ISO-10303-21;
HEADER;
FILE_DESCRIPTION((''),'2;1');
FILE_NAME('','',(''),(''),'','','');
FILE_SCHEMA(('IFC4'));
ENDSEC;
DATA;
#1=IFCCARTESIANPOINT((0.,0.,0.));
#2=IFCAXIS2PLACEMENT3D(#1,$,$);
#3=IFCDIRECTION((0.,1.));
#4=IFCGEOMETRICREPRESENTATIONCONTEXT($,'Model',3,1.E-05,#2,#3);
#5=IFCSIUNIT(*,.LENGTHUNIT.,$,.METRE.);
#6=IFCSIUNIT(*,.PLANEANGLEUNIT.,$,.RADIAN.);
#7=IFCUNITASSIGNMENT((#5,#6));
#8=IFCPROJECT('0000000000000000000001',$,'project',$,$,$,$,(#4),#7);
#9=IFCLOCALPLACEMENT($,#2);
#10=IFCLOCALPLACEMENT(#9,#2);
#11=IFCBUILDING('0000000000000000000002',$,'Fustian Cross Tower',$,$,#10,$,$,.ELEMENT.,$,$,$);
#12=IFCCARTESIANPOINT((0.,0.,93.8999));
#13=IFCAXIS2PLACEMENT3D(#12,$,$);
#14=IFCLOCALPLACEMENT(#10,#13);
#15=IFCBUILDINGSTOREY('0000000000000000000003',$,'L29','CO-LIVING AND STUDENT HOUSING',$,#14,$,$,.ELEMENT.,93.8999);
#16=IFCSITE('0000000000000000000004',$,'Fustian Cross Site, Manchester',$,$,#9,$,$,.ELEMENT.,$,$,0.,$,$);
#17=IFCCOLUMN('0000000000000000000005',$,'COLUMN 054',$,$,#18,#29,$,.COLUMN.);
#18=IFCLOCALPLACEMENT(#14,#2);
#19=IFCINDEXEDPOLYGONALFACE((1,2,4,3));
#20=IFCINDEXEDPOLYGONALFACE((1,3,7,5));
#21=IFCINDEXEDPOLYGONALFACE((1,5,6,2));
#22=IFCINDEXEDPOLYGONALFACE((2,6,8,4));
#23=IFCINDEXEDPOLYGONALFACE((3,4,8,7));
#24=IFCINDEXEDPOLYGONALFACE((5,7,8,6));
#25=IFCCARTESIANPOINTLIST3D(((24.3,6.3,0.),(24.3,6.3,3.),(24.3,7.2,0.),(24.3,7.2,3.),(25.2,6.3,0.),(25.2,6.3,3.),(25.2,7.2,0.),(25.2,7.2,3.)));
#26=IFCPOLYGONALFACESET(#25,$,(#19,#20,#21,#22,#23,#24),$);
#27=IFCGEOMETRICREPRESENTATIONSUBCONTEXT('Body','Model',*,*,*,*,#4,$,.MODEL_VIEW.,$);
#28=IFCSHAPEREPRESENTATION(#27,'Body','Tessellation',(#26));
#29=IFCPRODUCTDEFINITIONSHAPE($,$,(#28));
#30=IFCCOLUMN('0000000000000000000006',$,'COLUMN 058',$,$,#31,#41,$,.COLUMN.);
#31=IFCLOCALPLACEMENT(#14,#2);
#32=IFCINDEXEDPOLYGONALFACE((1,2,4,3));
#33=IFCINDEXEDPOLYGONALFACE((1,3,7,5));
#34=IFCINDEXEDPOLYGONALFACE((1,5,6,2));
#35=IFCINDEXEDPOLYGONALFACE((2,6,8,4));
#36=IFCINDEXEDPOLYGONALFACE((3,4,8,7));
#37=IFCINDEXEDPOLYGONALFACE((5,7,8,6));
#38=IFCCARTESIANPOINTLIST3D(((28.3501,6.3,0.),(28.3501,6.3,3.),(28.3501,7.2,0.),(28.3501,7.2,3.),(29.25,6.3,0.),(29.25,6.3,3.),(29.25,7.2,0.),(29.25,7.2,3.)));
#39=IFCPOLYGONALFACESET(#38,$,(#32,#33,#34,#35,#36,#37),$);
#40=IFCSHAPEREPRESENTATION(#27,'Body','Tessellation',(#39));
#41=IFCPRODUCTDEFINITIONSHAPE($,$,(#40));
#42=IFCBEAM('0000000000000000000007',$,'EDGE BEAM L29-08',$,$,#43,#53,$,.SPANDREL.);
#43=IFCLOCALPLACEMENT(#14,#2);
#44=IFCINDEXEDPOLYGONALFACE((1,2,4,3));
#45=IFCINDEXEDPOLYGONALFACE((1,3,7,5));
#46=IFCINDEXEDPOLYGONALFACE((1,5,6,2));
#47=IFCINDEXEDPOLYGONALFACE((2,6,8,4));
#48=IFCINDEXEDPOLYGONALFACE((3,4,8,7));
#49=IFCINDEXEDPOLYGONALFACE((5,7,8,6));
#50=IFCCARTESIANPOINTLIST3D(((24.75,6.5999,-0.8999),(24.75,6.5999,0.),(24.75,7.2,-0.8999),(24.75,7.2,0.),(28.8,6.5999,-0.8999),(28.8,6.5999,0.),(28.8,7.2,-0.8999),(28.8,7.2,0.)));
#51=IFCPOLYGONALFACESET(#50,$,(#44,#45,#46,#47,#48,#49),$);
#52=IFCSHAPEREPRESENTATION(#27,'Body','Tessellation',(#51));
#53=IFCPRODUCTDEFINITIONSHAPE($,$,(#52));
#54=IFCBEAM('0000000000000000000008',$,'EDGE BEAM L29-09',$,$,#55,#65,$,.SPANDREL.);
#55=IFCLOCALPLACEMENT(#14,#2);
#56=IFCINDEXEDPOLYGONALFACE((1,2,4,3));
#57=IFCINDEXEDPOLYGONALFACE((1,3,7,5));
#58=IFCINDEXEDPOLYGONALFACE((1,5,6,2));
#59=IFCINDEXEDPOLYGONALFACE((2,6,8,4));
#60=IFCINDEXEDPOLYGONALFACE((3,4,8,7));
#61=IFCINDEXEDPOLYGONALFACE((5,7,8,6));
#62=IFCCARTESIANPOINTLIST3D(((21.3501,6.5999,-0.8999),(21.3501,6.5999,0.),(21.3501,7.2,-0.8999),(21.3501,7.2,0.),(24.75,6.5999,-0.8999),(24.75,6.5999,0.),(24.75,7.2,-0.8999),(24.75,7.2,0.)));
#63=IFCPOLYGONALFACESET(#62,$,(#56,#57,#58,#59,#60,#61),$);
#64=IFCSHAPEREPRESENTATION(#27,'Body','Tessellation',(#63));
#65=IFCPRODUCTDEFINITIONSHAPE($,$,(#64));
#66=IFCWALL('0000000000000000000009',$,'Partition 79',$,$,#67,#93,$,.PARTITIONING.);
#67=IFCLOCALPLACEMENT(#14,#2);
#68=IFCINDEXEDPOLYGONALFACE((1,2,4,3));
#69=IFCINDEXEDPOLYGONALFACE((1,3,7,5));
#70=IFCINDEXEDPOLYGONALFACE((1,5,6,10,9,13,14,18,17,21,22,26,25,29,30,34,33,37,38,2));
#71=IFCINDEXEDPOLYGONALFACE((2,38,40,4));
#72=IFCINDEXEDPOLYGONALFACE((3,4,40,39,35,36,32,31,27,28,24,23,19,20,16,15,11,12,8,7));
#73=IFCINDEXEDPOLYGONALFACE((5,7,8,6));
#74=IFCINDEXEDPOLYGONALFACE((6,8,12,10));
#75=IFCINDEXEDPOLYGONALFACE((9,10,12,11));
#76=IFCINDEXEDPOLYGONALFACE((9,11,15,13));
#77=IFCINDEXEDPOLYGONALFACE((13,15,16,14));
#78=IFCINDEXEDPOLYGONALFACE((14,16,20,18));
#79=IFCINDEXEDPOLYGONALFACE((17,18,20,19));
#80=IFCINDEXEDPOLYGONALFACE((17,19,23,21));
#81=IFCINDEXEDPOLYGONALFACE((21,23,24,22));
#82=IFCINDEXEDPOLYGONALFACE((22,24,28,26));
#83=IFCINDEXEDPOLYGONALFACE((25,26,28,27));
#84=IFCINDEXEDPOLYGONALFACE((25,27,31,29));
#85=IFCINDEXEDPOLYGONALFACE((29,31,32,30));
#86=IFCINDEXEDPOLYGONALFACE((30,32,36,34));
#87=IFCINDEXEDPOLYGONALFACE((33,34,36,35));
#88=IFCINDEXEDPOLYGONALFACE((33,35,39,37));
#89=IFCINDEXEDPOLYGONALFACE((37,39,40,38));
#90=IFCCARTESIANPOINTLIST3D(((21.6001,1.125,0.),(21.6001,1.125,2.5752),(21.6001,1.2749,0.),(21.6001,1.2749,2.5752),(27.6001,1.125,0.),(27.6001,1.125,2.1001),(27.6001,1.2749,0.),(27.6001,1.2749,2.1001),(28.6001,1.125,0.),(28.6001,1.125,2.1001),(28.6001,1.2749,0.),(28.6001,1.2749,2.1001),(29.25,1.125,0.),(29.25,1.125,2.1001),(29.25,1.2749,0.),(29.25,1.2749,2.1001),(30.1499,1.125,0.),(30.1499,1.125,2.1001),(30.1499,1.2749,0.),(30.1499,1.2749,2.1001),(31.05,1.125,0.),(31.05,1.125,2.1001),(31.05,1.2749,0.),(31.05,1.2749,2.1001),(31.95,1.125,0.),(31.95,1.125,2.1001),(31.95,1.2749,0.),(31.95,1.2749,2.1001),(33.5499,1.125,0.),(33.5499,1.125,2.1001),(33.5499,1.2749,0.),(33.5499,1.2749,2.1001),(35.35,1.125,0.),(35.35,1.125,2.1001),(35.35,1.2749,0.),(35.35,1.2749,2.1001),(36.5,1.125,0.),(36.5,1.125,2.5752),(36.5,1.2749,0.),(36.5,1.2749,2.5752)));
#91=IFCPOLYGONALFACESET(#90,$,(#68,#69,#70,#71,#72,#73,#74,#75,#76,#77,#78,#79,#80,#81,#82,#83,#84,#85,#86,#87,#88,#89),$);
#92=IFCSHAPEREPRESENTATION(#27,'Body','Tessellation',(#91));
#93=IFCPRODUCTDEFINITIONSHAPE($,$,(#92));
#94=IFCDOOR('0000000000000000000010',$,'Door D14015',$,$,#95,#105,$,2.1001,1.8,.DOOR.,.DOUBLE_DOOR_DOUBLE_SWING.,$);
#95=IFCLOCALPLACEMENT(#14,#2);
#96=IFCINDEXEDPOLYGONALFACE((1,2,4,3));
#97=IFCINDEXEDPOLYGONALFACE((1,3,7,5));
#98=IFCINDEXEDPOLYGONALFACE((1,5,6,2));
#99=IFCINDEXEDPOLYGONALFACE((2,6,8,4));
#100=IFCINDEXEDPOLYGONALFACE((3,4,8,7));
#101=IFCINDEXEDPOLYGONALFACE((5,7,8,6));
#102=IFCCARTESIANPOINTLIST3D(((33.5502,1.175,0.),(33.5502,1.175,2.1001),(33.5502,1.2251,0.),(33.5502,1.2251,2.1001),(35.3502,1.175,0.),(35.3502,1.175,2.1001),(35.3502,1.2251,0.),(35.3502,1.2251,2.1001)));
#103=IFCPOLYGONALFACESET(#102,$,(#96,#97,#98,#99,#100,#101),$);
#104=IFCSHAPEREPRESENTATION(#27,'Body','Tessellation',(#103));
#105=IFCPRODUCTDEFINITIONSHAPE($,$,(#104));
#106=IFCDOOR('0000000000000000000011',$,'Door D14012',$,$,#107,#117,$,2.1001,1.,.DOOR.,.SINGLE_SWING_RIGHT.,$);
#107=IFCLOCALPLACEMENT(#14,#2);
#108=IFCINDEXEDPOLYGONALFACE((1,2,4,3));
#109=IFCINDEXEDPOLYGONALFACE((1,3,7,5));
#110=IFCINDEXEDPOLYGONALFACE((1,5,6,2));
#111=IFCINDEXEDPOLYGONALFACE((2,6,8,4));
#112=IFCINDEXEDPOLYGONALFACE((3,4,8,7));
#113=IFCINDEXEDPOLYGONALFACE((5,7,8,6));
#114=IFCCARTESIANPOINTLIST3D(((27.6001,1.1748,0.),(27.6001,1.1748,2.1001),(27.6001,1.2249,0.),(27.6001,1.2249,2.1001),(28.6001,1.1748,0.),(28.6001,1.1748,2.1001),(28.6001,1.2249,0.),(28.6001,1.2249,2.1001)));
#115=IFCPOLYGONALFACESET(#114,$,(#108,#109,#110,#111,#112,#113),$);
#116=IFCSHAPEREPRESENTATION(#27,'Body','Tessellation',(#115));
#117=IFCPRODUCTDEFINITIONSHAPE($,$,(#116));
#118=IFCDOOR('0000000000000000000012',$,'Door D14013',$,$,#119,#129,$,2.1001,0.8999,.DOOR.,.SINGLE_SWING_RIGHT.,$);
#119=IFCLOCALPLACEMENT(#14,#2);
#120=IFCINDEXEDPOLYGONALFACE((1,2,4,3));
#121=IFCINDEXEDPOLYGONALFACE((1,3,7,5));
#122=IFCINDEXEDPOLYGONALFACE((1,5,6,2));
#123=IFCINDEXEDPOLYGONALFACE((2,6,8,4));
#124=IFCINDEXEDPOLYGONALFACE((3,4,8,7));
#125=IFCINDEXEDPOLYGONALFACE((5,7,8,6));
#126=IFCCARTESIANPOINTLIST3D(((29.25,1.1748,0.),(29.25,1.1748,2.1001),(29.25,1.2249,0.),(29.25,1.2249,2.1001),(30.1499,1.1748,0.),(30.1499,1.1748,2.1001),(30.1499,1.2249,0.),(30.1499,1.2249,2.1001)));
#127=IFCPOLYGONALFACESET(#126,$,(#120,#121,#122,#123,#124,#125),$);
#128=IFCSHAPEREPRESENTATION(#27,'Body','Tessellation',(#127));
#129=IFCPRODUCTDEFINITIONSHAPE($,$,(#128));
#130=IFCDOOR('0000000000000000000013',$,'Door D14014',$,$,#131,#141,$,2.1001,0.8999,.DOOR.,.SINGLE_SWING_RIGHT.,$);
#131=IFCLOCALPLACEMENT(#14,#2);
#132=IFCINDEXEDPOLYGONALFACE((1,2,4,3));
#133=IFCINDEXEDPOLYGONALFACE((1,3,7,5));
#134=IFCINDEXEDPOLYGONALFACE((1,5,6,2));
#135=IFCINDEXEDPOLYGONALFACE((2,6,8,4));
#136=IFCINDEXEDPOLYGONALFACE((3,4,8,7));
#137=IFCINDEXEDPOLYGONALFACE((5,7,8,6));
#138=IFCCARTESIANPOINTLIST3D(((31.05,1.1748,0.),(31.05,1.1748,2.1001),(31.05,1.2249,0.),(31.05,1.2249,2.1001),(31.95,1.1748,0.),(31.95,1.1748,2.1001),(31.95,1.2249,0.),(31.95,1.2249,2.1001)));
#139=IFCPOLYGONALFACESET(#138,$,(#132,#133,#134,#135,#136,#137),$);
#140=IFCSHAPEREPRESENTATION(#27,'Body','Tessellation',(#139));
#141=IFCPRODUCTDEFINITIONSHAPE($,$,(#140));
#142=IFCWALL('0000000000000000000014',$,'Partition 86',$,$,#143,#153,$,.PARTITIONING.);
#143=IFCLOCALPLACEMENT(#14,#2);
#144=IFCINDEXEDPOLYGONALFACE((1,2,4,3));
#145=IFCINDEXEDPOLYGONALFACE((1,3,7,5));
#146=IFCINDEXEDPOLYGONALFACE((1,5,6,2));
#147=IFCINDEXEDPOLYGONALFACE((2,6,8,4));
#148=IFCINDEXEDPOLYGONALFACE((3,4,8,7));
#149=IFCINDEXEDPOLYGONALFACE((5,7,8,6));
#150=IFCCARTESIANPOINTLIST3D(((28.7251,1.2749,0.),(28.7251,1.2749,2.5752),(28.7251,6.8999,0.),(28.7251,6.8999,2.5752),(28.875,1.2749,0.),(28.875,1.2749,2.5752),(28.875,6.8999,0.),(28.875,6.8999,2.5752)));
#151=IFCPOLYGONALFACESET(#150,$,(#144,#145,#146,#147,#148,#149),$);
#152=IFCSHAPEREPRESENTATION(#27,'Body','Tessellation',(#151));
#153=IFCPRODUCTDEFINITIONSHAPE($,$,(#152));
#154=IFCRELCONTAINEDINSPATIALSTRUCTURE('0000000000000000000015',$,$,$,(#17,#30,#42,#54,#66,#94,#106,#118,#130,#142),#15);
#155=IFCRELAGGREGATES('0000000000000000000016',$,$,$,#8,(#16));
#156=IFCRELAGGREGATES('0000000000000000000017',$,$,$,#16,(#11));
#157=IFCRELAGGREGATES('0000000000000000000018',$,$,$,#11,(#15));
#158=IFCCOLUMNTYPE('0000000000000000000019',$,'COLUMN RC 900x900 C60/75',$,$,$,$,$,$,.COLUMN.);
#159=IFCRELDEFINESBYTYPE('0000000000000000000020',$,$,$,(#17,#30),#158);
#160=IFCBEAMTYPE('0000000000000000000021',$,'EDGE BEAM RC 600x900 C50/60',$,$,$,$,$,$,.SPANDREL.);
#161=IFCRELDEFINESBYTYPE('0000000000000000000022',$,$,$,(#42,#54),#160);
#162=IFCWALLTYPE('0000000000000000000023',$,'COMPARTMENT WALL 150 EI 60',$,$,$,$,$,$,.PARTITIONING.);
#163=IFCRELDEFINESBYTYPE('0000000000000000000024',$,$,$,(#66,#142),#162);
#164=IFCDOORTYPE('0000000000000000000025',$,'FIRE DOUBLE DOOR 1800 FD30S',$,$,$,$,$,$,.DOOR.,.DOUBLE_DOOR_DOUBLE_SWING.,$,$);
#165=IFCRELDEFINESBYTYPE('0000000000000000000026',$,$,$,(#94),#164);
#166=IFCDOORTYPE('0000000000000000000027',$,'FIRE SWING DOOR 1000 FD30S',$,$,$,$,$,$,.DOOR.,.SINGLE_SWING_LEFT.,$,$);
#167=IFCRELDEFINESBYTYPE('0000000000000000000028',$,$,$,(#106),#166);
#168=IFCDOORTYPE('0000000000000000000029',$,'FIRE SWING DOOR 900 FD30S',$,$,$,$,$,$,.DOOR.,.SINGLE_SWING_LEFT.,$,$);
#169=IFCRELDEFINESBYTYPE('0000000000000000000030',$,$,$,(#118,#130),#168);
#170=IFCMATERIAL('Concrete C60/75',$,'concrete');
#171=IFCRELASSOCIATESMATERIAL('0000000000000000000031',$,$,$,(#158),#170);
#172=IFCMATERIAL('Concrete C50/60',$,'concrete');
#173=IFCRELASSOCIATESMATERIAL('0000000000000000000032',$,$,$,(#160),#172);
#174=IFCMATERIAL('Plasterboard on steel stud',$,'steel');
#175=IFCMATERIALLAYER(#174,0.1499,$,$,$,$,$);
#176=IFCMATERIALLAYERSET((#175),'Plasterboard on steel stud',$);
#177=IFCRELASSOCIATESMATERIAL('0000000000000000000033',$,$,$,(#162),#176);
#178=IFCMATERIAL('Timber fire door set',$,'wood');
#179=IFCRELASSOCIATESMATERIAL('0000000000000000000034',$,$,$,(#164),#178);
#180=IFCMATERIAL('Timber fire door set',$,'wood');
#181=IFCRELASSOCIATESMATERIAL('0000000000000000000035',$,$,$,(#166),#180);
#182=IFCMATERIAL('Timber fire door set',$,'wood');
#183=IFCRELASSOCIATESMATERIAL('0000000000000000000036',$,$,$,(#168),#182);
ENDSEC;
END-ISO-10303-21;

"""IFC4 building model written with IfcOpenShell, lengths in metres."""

from ifc_helpers import new_model, si_unit, direction, frame, frame_2d, origin, origin_2d, place, context, subcontext, project, spatial, rectangle, extrude, material, layer, layer_set, material_profile, profile_set, type_object, element, fill, save


model = new_model("IFC4")

# Units and contexts
model_context = context("Model", 3, precision=1e-05, world=origin(), true_north=direction((0.0, 1.0)))
body_context = subcontext(model_context, "Body", "Model", "MODEL_VIEW")
ifc_project = project(units=[si_unit("LENGTHUNIT", "METRE"), si_unit("PLANEANGLEUNIT", "RADIAN")], contexts=[model_context])

# Site, building, storey
site_placement = place(None, origin())
site = spatial("IfcSite", under=ifc_project, at=site_placement, Name="Fustian Cross Site, Manchester", CompositionType="ELEMENT", RefElevation=0.0)
building_placement = place(site_placement, origin())
building = spatial("IfcBuilding", under=site, at=building_placement, Name="Fustian Cross Tower", CompositionType="ELEMENT")
storey_placement = place(building_placement, frame((0.0, 0.0, 93.8999)))
storey = spatial("IfcBuildingStorey", under=building, at=storey_placement, Name="L29", Description="CO-LIVING AND STUDENT HOUSING", CompositionType="ELEMENT", Elevation=93.8999)

# Columns
ifc_material_1 = material(Name="Concrete C60/75", Category="concrete")
ifc_material_profile_1 = material_profile(ifc_material_1, rectangle(XDim=0.8999, YDim=0.8999, at=origin_2d()), Name="RC 900x900")
ifc_profile_set_1 = profile_set([ifc_material_profile_1], Name="Concrete C60/75")
column_type = type_object("IfcColumnType", Name="COLUMN RC 900x900 C60/75", PredefinedType="COLUMN", material=ifc_profile_set_1)
for number, where, z_axis, x_axis, name in (
    (1, (24.75, 6.75, 0.0), (0.0, 0.0, 1.0), (1.0, 0.0, 0.0), "COLUMN 054"),
    (2, (28.8, 6.75, 0.0), (0.0, 0.0, 1.0), (1.0, 0.0, 0.0), "COLUMN 058"),
):
    element("IfcColumn", number, at=place(storey_placement, frame(where, z_axis=z_axis, x_axis=x_axis)), inside=storey, type_object=column_type, Name=name, PredefinedType="COLUMN", context=body_context, shape_type="SweptSolid", body=[
        extrude(rectangle(XDim=0.8999, YDim=0.8999, at=origin_2d()), origin(), (0.0, 0.0, 1.0), 3.0),
    ])

# Beams
ifc_material_2 = material(Name="Concrete C50/60", Category="concrete")
ifc_material_profile_2 = material_profile(ifc_material_2, rectangle(XDim=0.6001, YDim=0.8999, at=origin_2d()), Name="RC 600x900")
ifc_profile_set_2 = profile_set([ifc_material_profile_2], Name="Concrete C50/60")
beam_type = type_object("IfcBeamType", Name="EDGE BEAM RC 600x900 C50/60", PredefinedType="SPANDREL", material=ifc_profile_set_2)
beam_1_placement = place(storey_placement, frame((28.8, 6.8999, -0.45), z_axis=(-1.0, 0.0, 0.0), x_axis=(0.0, -1.0, 0.0)))
element("IfcBeam", 3, at=beam_1_placement, inside=storey, type_object=beam_type, Name="EDGE BEAM L29-08", PredefinedType="SPANDREL", context=body_context, shape_type="SweptSolid", body=[
    extrude(rectangle(XDim=0.6001, YDim=0.8999, at=origin_2d()), origin(), (0.0, 0.0, 1.0), 4.05),
])
beam_2_placement = place(storey_placement, frame((24.75, 6.8999, -0.45), z_axis=(-1.0, 0.0, 0.0), x_axis=(0.0, -1.0, 0.0)))
element("IfcBeam", 4, at=beam_2_placement, inside=storey, type_object=beam_type, Name="EDGE BEAM L29-09", PredefinedType="SPANDREL", context=body_context, shape_type="SweptSolid", body=[
    extrude(rectangle(XDim=0.6001, YDim=0.8999, at=origin_2d()), origin(), (0.0, 0.0, 1.0), 3.3999),
])

# Wall, openings, doors
ifc_material_3 = material(Name="Plasterboard on steel stud", Category="steel")
ifc_layer_1 = layer(ifc_material_3, 0.1499)
ifc_layer_set_1 = layer_set([ifc_layer_1], Name="Plasterboard on steel stud")
wall_type_1 = type_object("IfcWallType", Name="COMPARTMENT WALL 150 EI 60", PredefinedType="PARTITIONING", material=ifc_layer_set_1)
wall_1_placement = place(storey_placement, frame((21.6001, 1.2, 0.0), z_axis=(0.0, 0.0, 1.0), x_axis=(1.0, 0.0, 0.0)))
wall_1 = element("IfcWall", 5, at=wall_1_placement, inside=storey, type_object=wall_type_1, Name="Partition 79", PredefinedType="PARTITIONING", context=body_context, shape_type="SweptSolid", body=[
    extrude(rectangle(XDim=14.8999, YDim=0.1499, at=frame_2d((7.45, 0.0))), origin(), (0.0, 0.0, 1.0), 2.5752),
])
opening_1_placement = place(wall_1_placement, frame((6.0, 0.0, 0.0)))
opening_1 = element("IfcOpeningElement", 6, at=opening_1_placement, cuts=wall_1, PredefinedType="OPENING", context=body_context, shape_type="SweptSolid", body=[
    extrude(rectangle(XDim=1.0, YDim=2.1001, at=frame_2d((0.5, 1.05))), frame((0.0, 0.085, 0.0), z_axis=(0.0, -1.0, 0.0), x_axis=(1.0, 0.0, 0.0)), (0.0, 0.0, 1.0), 0.1699),
])
opening_2_placement = place(wall_1_placement, frame((7.6499, 0.0, 0.0)))
opening_2 = element("IfcOpeningElement", 7, at=opening_2_placement, cuts=wall_1, PredefinedType="OPENING", context=body_context, shape_type="SweptSolid", body=[
    extrude(rectangle(XDim=0.8999, YDim=2.1001, at=frame_2d((0.45, 1.05))), frame((0.0, 0.085, 0.0), z_axis=(0.0, -1.0, 0.0), x_axis=(1.0, 0.0, 0.0)), (0.0, 0.0, 1.0), 0.1699),
])
opening_3_placement = place(wall_1_placement, frame((9.45, 0.0, 0.0)))
opening_3 = element("IfcOpeningElement", 8, at=opening_3_placement, cuts=wall_1, PredefinedType="OPENING", context=body_context, shape_type="SweptSolid", body=[
    extrude(rectangle(XDim=0.8999, YDim=2.1001, at=frame_2d((0.45, 1.05))), frame((0.0, 0.085, 0.0), z_axis=(0.0, -1.0, 0.0), x_axis=(1.0, 0.0, 0.0)), (0.0, 0.0, 1.0), 0.1699),
])
opening_4_placement = place(wall_1_placement, frame((11.95, 0.0, 0.0)))
opening_4 = element("IfcOpeningElement", 9, at=opening_4_placement, cuts=wall_1, PredefinedType="OPENING", context=body_context, shape_type="SweptSolid", body=[
    extrude(rectangle(XDim=1.8, YDim=2.1001, at=frame_2d((0.8999, 1.05))), frame((0.0, 0.085, 0.0), z_axis=(0.0, -1.0, 0.0), x_axis=(1.0, 0.0, 0.0)), (0.0, 0.0, 1.0), 0.1699),
])
ifc_material_4 = material(Name="Timber fire door set", Category="wood")
door_type_1 = type_object("IfcDoorType", Name="FIRE DOUBLE DOOR 1800 FD30S", OperationType="DOUBLE_DOOR_DOUBLE_SWING", PredefinedType="DOOR", material=ifc_material_4)
door_1_placement = place(opening_4_placement, frame((1.8, 0.0, 0.0), z_axis=(0.0, 0.0, 1.0), x_axis=(-1.0, 0.0, 0.0)))
door_1 = element("IfcDoor", 10, at=door_1_placement, inside=storey, type_object=door_type_1, Name="Door D14015", OperationType="DOUBLE_DOOR_DOUBLE_SWING", OverallHeight=2.1001, OverallWidth=1.8, PredefinedType="DOOR", context=body_context, shape_type="SweptSolid", body=[
    extrude(rectangle(XDim=1.8, YDim=2.1001, at=frame_2d((0.8999, 1.05))), frame((0.0, 0.0249, 0.0), z_axis=(0.0, -1.0, 0.0), x_axis=(1.0, 0.0, 0.0)), (0.0, 0.0, 1.0), 0.05),
])
fill(opening_4, door_1)
ifc_material_5 = material(Name="Timber fire door set", Category="wood")
door_type_2 = type_object("IfcDoorType", Name="FIRE SWING DOOR 1000 FD30S", OperationType="SINGLE_SWING_LEFT", PredefinedType="DOOR", material=ifc_material_5)
door_2_placement = place(opening_1_placement, origin())
door_2 = element("IfcDoor", 11, at=door_2_placement, inside=storey, type_object=door_type_2, Name="Door D14012", OperationType="SINGLE_SWING_RIGHT", OverallHeight=2.1001, OverallWidth=1.0, PredefinedType="DOOR", context=body_context, shape_type="SweptSolid", body=[
    extrude(rectangle(XDim=1.0, YDim=2.1001, at=frame_2d((0.5, 1.05))), frame((0.0, 0.0249, 0.0), z_axis=(0.0, -1.0, 0.0), x_axis=(1.0, 0.0, 0.0)), (0.0, 0.0, 1.0), 0.05),
])
fill(opening_1, door_2)
ifc_material_6 = material(Name="Timber fire door set", Category="wood")
door_type_3 = type_object("IfcDoorType", Name="FIRE SWING DOOR 900 FD30S", OperationType="SINGLE_SWING_LEFT", PredefinedType="DOOR", material=ifc_material_6)
door_3_placement = place(opening_2_placement, origin())
door_3 = element("IfcDoor", 12, at=door_3_placement, inside=storey, type_object=door_type_3, Name="Door D14013", OperationType="SINGLE_SWING_RIGHT", OverallHeight=2.1001, OverallWidth=0.8999, PredefinedType="DOOR", context=body_context, shape_type="SweptSolid", body=[
    extrude(rectangle(XDim=0.8999, YDim=2.1001, at=frame_2d((0.45, 1.05))), frame((0.0, 0.0249, 0.0), z_axis=(0.0, -1.0, 0.0), x_axis=(1.0, 0.0, 0.0)), (0.0, 0.0, 1.0), 0.05),
])
fill(opening_2, door_3)
door_4_placement = place(opening_3_placement, origin())
door_4 = element("IfcDoor", 13, at=door_4_placement, inside=storey, type_object=door_type_3, Name="Door D14014", OperationType="SINGLE_SWING_RIGHT", OverallHeight=2.1001, OverallWidth=0.8999, PredefinedType="DOOR", context=body_context, shape_type="SweptSolid", body=[
    extrude(rectangle(XDim=0.8999, YDim=2.1001, at=frame_2d((0.45, 1.05))), frame((0.0, 0.0249, 0.0), z_axis=(0.0, -1.0, 0.0), x_axis=(1.0, 0.0, 0.0)), (0.0, 0.0, 1.0), 0.05),
])
fill(opening_3, door_4)

# Wall
wall_2_placement = place(storey_placement, frame((28.8, 1.2749, 0.0), z_axis=(0.0, 0.0, 1.0), x_axis=(0.0, 1.0, 0.0)))
element("IfcWall", 14, at=wall_2_placement, inside=storey, type_object=wall_type_1, Name="Partition 86", PredefinedType="PARTITIONING", context=body_context, shape_type="SweptSolid", body=[
    extrude(rectangle(XDim=5.625, YDim=0.1499, at=frame_2d((2.8125, 0.0))), origin(), (0.0, 0.0, 1.0), 2.5752),
])

save(model, "model.ifc")
